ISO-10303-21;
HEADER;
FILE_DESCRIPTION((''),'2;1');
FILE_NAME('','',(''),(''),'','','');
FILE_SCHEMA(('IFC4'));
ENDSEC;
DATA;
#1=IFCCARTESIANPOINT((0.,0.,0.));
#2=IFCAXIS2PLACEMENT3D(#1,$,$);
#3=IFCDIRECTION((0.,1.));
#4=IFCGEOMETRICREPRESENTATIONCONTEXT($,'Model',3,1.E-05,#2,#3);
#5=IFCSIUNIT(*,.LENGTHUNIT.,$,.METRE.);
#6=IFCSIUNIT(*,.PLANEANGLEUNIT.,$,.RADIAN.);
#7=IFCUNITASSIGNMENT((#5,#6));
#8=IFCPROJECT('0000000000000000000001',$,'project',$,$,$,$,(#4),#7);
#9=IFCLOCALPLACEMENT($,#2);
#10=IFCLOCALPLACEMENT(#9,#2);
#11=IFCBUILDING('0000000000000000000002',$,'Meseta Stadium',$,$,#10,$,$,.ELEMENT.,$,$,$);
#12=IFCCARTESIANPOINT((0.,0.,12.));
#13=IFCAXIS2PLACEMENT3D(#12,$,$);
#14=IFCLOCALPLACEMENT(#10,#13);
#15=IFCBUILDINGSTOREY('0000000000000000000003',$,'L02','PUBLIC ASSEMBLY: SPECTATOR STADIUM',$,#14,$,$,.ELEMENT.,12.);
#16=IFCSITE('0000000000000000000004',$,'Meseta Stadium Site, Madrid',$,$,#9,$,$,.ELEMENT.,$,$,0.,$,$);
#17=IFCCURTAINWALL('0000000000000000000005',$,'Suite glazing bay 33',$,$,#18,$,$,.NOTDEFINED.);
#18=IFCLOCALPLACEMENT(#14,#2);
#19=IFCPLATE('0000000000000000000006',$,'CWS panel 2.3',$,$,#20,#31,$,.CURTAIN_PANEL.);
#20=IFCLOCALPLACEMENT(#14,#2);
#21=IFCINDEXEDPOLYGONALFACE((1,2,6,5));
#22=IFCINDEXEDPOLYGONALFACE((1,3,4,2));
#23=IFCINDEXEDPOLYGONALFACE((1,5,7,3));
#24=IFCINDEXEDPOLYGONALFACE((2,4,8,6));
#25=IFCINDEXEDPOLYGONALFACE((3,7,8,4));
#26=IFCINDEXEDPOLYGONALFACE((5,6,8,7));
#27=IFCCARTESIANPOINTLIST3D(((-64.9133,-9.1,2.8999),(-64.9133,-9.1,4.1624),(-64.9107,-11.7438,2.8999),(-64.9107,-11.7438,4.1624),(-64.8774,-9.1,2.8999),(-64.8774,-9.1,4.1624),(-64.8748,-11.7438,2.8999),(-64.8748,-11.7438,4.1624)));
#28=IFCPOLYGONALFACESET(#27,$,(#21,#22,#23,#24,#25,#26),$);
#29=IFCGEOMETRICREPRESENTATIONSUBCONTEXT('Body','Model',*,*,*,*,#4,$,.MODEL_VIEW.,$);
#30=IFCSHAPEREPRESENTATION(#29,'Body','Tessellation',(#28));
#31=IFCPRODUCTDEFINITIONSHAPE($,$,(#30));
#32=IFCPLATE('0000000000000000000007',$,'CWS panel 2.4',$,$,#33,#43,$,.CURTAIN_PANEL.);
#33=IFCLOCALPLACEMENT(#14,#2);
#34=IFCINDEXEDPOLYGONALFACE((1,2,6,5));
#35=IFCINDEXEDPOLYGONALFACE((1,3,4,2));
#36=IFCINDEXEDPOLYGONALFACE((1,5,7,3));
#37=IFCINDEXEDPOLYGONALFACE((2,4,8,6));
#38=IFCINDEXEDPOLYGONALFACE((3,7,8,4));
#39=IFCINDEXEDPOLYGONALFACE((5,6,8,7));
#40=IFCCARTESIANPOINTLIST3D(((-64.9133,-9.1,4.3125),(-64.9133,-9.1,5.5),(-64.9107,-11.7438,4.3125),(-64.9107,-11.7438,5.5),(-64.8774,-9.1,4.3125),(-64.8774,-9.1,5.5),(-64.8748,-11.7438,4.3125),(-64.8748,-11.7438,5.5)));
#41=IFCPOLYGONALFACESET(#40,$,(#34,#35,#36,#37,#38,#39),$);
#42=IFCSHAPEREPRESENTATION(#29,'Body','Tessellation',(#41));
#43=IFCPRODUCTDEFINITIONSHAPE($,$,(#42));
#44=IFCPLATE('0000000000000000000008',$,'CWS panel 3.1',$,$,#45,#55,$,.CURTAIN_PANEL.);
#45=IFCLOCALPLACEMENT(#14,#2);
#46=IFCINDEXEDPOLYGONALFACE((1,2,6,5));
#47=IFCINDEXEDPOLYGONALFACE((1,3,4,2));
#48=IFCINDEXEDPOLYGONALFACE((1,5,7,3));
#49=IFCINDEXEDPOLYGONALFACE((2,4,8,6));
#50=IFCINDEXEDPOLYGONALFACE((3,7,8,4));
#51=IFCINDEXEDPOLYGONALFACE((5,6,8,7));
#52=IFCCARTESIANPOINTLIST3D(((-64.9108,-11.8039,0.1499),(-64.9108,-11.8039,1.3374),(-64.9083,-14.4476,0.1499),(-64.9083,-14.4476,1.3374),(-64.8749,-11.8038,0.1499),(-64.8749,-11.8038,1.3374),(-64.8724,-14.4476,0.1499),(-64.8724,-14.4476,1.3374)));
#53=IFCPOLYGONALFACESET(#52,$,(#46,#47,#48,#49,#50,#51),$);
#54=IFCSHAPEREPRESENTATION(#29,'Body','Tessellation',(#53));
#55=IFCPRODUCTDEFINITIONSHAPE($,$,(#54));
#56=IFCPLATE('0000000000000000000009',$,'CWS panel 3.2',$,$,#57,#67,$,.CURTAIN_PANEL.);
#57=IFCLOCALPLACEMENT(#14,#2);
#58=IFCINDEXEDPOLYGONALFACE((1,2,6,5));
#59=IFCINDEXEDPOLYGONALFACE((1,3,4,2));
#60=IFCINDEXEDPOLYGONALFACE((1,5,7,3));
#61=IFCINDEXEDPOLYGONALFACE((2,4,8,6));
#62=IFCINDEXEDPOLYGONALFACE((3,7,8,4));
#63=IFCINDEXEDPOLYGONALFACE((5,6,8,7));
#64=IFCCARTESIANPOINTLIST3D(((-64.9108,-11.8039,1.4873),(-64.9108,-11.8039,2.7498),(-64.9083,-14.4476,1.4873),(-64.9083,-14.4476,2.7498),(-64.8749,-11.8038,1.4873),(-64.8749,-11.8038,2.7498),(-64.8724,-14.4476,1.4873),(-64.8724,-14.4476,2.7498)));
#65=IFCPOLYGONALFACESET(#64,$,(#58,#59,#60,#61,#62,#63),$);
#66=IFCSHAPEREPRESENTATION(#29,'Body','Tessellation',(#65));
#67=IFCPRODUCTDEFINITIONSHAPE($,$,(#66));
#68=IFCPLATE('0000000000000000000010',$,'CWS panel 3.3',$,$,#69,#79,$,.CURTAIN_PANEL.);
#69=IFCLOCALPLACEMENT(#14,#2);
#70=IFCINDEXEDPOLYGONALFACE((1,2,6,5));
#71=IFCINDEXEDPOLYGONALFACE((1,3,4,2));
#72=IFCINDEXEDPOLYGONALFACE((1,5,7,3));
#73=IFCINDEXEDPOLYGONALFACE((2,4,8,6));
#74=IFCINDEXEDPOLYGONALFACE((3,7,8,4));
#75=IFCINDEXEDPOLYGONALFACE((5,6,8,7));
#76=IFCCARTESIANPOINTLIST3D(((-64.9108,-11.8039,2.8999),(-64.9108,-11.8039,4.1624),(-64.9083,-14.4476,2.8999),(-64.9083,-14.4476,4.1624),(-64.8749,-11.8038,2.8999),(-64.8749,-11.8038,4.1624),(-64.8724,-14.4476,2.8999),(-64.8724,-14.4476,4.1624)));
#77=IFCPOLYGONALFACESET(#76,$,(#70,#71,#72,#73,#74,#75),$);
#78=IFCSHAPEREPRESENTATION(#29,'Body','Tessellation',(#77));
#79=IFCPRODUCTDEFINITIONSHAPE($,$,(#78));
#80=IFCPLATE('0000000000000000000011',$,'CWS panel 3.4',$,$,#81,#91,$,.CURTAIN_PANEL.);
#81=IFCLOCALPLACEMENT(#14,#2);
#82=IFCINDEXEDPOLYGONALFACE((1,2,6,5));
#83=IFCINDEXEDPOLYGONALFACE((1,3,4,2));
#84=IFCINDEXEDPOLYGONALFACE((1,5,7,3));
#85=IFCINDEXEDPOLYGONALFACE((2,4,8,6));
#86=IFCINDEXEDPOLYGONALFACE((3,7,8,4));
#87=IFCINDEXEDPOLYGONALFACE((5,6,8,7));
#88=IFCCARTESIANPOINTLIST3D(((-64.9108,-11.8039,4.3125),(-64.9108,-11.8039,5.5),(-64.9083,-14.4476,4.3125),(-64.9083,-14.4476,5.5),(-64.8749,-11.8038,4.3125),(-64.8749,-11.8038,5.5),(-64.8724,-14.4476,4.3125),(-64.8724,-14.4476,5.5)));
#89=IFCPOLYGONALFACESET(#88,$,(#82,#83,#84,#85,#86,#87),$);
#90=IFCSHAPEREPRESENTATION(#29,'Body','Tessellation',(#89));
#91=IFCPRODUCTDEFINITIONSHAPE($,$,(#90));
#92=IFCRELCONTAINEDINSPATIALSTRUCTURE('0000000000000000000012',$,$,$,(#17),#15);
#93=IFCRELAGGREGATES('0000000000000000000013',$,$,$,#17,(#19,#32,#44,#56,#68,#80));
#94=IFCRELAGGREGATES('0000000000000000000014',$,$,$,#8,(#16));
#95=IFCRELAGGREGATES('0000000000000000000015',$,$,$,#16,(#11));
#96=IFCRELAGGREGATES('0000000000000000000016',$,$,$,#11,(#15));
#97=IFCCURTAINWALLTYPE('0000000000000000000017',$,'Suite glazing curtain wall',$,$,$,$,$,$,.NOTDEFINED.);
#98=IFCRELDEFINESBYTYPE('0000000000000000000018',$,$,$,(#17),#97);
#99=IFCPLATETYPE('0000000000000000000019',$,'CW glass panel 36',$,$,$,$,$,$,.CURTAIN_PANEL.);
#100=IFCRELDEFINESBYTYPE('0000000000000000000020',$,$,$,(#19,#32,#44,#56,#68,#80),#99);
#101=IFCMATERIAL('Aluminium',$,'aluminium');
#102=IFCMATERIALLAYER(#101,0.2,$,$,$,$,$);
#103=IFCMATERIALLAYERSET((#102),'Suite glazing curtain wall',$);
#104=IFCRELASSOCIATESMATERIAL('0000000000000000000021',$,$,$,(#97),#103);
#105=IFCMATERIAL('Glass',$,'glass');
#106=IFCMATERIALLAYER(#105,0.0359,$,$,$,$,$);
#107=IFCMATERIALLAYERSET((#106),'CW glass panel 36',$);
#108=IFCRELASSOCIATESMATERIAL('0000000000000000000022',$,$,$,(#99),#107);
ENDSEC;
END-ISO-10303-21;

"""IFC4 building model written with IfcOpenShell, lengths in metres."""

from ifc_helpers import new_model, si_unit, direction, frame, origin, origin_2d, place, context, subcontext, project, spatial, rectangle, extrude, material, layer, layer_set, type_object, element, aggregate, save


model = new_model("IFC4")

# Units and contexts
model_context = context("Model", 3, precision=1e-05, world=origin(), true_north=direction((0.0, 1.0)))
body_context = subcontext(model_context, "Body", "Model", "MODEL_VIEW")
ifc_project = project(units=[si_unit("LENGTHUNIT", "METRE"), si_unit("PLANEANGLEUNIT", "RADIAN")], contexts=[model_context])

# Site, building, storey
site_placement = place(None, origin())
site = spatial("IfcSite", under=ifc_project, at=site_placement, Name="Meseta Stadium Site, Madrid", CompositionType="ELEMENT", RefElevation=0.0)
building_placement = place(site_placement, origin())
building = spatial("IfcBuilding", under=site, at=building_placement, Name="Meseta Stadium", CompositionType="ELEMENT")
storey_placement = place(building_placement, frame((0.0, 0.0, 12.0)))
storey = spatial("IfcBuildingStorey", under=building, at=storey_placement, Name="L02", Description="PUBLIC ASSEMBLY: SPECTATOR STADIUM", CompositionType="ELEMENT", Elevation=12.0)

# Shared definitions
ifc_material_1 = material(Name="Aluminium", Category="aluminium")
ifc_layer_1 = layer(ifc_material_1, 0.2)
ifc_layer_set_1 = layer_set([ifc_layer_1], Name="Suite glazing curtain wall")
curtain_wall_type = type_object("IfcCurtainWallType", Name="Suite glazing curtain wall", PredefinedType="NOTDEFINED", material=ifc_layer_set_1)

# Curtain wall
curtain_wall_1_placement = place(storey_placement, origin())
curtain_wall_1 = element("IfcCurtainWall", 1, at=curtain_wall_1_placement, inside=storey, type_object=curtain_wall_type, Name="Suite glazing bay 33", PredefinedType="NOTDEFINED")

# Plates
ifc_material_2 = material(Name="Glass", Category="glass")
ifc_layer_2 = layer(ifc_material_2, 0.0359)
ifc_layer_set_2 = layer_set([ifc_layer_2], Name="CW glass panel 36")
plate_type = type_object("IfcPlateType", Name="CW glass panel 36", PredefinedType="CURTAIN_PANEL", material=ifc_layer_set_2)
plate_1_placement = place(storey_placement, frame((-64.894, -10.4219, 2.8999), z_axis=(0.0, 0.0, 1.0), x_axis=(0.000975, -1.0, 0.0)))
plate_1 = element("IfcPlate", 2, at=plate_1_placement, type_object=plate_type, Name="CWS panel 2.3", PredefinedType="CURTAIN_PANEL", context=body_context, shape_type="SweptSolid", body=[
    extrude(rectangle(XDim=2.6438, YDim=0.0359, at=origin_2d()), origin(), (0.0, 0.0, 1.0), 1.2625),
])
plate_2_placement = place(storey_placement, frame((-64.894, -10.4219, 4.3125), z_axis=(0.0, 0.0, 1.0), x_axis=(0.000975, -1.0, 0.0)))
plate_2 = element("IfcPlate", 3, at=plate_2_placement, type_object=plate_type, Name="CWS panel 2.4", PredefinedType="CURTAIN_PANEL", context=body_context, shape_type="SweptSolid", body=[
    extrude(rectangle(XDim=2.6438, YDim=0.0359, at=origin_2d()), origin(), (0.0, 0.0, 1.0), 1.1875),
])
plate_3_placement = place(storey_placement, frame((-64.8916, -13.1257, 0.1499), z_axis=(0.0, 0.0, 1.0), x_axis=(0.000975, -1.0, 0.0)))
plate_3 = element("IfcPlate", 4, at=plate_3_placement, type_object=plate_type, Name="CWS panel 3.1", PredefinedType="CURTAIN_PANEL", context=body_context, shape_type="SweptSolid", body=[
    extrude(rectangle(XDim=2.6438, YDim=0.0359, at=origin_2d()), origin(), (0.0, 0.0, 1.0), 1.1875),
])
plate_4_placement = place(storey_placement, frame((-64.8916, -13.1257, 1.4873), z_axis=(0.0, 0.0, 1.0), x_axis=(0.000975, -1.0, 0.0)))
plate_4 = element("IfcPlate", 5, at=plate_4_placement, type_object=plate_type, Name="CWS panel 3.2", PredefinedType="CURTAIN_PANEL", context=body_context, shape_type="SweptSolid", body=[
    extrude(rectangle(XDim=2.6438, YDim=0.0359, at=origin_2d()), origin(), (0.0, 0.0, 1.0), 1.2625),
])
plate_5_placement = place(storey_placement, frame((-64.8916, -13.1257, 2.8999), z_axis=(0.0, 0.0, 1.0), x_axis=(0.000975, -1.0, 0.0)))
plate_5 = element("IfcPlate", 6, at=plate_5_placement, type_object=plate_type, Name="CWS panel 3.3", PredefinedType="CURTAIN_PANEL", context=body_context, shape_type="SweptSolid", body=[
    extrude(rectangle(XDim=2.6438, YDim=0.0359, at=origin_2d()), origin(), (0.0, 0.0, 1.0), 1.2625),
])
plate_6_placement = place(storey_placement, frame((-64.8916, -13.1257, 4.3125), z_axis=(0.0, 0.0, 1.0), x_axis=(0.000975, -1.0, 0.0)))
plate_6 = element("IfcPlate", 7, at=plate_6_placement, type_object=plate_type, Name="CWS panel 3.4", PredefinedType="CURTAIN_PANEL", context=body_context, shape_type="SweptSolid", body=[
    extrude(rectangle(XDim=2.6438, YDim=0.0359, at=origin_2d()), origin(), (0.0, 0.0, 1.0), 1.1875),
])
aggregate(curtain_wall_1, [plate_1, plate_2, plate_3, plate_4, plate_5, plate_6])

save(model, "model.ifc")
